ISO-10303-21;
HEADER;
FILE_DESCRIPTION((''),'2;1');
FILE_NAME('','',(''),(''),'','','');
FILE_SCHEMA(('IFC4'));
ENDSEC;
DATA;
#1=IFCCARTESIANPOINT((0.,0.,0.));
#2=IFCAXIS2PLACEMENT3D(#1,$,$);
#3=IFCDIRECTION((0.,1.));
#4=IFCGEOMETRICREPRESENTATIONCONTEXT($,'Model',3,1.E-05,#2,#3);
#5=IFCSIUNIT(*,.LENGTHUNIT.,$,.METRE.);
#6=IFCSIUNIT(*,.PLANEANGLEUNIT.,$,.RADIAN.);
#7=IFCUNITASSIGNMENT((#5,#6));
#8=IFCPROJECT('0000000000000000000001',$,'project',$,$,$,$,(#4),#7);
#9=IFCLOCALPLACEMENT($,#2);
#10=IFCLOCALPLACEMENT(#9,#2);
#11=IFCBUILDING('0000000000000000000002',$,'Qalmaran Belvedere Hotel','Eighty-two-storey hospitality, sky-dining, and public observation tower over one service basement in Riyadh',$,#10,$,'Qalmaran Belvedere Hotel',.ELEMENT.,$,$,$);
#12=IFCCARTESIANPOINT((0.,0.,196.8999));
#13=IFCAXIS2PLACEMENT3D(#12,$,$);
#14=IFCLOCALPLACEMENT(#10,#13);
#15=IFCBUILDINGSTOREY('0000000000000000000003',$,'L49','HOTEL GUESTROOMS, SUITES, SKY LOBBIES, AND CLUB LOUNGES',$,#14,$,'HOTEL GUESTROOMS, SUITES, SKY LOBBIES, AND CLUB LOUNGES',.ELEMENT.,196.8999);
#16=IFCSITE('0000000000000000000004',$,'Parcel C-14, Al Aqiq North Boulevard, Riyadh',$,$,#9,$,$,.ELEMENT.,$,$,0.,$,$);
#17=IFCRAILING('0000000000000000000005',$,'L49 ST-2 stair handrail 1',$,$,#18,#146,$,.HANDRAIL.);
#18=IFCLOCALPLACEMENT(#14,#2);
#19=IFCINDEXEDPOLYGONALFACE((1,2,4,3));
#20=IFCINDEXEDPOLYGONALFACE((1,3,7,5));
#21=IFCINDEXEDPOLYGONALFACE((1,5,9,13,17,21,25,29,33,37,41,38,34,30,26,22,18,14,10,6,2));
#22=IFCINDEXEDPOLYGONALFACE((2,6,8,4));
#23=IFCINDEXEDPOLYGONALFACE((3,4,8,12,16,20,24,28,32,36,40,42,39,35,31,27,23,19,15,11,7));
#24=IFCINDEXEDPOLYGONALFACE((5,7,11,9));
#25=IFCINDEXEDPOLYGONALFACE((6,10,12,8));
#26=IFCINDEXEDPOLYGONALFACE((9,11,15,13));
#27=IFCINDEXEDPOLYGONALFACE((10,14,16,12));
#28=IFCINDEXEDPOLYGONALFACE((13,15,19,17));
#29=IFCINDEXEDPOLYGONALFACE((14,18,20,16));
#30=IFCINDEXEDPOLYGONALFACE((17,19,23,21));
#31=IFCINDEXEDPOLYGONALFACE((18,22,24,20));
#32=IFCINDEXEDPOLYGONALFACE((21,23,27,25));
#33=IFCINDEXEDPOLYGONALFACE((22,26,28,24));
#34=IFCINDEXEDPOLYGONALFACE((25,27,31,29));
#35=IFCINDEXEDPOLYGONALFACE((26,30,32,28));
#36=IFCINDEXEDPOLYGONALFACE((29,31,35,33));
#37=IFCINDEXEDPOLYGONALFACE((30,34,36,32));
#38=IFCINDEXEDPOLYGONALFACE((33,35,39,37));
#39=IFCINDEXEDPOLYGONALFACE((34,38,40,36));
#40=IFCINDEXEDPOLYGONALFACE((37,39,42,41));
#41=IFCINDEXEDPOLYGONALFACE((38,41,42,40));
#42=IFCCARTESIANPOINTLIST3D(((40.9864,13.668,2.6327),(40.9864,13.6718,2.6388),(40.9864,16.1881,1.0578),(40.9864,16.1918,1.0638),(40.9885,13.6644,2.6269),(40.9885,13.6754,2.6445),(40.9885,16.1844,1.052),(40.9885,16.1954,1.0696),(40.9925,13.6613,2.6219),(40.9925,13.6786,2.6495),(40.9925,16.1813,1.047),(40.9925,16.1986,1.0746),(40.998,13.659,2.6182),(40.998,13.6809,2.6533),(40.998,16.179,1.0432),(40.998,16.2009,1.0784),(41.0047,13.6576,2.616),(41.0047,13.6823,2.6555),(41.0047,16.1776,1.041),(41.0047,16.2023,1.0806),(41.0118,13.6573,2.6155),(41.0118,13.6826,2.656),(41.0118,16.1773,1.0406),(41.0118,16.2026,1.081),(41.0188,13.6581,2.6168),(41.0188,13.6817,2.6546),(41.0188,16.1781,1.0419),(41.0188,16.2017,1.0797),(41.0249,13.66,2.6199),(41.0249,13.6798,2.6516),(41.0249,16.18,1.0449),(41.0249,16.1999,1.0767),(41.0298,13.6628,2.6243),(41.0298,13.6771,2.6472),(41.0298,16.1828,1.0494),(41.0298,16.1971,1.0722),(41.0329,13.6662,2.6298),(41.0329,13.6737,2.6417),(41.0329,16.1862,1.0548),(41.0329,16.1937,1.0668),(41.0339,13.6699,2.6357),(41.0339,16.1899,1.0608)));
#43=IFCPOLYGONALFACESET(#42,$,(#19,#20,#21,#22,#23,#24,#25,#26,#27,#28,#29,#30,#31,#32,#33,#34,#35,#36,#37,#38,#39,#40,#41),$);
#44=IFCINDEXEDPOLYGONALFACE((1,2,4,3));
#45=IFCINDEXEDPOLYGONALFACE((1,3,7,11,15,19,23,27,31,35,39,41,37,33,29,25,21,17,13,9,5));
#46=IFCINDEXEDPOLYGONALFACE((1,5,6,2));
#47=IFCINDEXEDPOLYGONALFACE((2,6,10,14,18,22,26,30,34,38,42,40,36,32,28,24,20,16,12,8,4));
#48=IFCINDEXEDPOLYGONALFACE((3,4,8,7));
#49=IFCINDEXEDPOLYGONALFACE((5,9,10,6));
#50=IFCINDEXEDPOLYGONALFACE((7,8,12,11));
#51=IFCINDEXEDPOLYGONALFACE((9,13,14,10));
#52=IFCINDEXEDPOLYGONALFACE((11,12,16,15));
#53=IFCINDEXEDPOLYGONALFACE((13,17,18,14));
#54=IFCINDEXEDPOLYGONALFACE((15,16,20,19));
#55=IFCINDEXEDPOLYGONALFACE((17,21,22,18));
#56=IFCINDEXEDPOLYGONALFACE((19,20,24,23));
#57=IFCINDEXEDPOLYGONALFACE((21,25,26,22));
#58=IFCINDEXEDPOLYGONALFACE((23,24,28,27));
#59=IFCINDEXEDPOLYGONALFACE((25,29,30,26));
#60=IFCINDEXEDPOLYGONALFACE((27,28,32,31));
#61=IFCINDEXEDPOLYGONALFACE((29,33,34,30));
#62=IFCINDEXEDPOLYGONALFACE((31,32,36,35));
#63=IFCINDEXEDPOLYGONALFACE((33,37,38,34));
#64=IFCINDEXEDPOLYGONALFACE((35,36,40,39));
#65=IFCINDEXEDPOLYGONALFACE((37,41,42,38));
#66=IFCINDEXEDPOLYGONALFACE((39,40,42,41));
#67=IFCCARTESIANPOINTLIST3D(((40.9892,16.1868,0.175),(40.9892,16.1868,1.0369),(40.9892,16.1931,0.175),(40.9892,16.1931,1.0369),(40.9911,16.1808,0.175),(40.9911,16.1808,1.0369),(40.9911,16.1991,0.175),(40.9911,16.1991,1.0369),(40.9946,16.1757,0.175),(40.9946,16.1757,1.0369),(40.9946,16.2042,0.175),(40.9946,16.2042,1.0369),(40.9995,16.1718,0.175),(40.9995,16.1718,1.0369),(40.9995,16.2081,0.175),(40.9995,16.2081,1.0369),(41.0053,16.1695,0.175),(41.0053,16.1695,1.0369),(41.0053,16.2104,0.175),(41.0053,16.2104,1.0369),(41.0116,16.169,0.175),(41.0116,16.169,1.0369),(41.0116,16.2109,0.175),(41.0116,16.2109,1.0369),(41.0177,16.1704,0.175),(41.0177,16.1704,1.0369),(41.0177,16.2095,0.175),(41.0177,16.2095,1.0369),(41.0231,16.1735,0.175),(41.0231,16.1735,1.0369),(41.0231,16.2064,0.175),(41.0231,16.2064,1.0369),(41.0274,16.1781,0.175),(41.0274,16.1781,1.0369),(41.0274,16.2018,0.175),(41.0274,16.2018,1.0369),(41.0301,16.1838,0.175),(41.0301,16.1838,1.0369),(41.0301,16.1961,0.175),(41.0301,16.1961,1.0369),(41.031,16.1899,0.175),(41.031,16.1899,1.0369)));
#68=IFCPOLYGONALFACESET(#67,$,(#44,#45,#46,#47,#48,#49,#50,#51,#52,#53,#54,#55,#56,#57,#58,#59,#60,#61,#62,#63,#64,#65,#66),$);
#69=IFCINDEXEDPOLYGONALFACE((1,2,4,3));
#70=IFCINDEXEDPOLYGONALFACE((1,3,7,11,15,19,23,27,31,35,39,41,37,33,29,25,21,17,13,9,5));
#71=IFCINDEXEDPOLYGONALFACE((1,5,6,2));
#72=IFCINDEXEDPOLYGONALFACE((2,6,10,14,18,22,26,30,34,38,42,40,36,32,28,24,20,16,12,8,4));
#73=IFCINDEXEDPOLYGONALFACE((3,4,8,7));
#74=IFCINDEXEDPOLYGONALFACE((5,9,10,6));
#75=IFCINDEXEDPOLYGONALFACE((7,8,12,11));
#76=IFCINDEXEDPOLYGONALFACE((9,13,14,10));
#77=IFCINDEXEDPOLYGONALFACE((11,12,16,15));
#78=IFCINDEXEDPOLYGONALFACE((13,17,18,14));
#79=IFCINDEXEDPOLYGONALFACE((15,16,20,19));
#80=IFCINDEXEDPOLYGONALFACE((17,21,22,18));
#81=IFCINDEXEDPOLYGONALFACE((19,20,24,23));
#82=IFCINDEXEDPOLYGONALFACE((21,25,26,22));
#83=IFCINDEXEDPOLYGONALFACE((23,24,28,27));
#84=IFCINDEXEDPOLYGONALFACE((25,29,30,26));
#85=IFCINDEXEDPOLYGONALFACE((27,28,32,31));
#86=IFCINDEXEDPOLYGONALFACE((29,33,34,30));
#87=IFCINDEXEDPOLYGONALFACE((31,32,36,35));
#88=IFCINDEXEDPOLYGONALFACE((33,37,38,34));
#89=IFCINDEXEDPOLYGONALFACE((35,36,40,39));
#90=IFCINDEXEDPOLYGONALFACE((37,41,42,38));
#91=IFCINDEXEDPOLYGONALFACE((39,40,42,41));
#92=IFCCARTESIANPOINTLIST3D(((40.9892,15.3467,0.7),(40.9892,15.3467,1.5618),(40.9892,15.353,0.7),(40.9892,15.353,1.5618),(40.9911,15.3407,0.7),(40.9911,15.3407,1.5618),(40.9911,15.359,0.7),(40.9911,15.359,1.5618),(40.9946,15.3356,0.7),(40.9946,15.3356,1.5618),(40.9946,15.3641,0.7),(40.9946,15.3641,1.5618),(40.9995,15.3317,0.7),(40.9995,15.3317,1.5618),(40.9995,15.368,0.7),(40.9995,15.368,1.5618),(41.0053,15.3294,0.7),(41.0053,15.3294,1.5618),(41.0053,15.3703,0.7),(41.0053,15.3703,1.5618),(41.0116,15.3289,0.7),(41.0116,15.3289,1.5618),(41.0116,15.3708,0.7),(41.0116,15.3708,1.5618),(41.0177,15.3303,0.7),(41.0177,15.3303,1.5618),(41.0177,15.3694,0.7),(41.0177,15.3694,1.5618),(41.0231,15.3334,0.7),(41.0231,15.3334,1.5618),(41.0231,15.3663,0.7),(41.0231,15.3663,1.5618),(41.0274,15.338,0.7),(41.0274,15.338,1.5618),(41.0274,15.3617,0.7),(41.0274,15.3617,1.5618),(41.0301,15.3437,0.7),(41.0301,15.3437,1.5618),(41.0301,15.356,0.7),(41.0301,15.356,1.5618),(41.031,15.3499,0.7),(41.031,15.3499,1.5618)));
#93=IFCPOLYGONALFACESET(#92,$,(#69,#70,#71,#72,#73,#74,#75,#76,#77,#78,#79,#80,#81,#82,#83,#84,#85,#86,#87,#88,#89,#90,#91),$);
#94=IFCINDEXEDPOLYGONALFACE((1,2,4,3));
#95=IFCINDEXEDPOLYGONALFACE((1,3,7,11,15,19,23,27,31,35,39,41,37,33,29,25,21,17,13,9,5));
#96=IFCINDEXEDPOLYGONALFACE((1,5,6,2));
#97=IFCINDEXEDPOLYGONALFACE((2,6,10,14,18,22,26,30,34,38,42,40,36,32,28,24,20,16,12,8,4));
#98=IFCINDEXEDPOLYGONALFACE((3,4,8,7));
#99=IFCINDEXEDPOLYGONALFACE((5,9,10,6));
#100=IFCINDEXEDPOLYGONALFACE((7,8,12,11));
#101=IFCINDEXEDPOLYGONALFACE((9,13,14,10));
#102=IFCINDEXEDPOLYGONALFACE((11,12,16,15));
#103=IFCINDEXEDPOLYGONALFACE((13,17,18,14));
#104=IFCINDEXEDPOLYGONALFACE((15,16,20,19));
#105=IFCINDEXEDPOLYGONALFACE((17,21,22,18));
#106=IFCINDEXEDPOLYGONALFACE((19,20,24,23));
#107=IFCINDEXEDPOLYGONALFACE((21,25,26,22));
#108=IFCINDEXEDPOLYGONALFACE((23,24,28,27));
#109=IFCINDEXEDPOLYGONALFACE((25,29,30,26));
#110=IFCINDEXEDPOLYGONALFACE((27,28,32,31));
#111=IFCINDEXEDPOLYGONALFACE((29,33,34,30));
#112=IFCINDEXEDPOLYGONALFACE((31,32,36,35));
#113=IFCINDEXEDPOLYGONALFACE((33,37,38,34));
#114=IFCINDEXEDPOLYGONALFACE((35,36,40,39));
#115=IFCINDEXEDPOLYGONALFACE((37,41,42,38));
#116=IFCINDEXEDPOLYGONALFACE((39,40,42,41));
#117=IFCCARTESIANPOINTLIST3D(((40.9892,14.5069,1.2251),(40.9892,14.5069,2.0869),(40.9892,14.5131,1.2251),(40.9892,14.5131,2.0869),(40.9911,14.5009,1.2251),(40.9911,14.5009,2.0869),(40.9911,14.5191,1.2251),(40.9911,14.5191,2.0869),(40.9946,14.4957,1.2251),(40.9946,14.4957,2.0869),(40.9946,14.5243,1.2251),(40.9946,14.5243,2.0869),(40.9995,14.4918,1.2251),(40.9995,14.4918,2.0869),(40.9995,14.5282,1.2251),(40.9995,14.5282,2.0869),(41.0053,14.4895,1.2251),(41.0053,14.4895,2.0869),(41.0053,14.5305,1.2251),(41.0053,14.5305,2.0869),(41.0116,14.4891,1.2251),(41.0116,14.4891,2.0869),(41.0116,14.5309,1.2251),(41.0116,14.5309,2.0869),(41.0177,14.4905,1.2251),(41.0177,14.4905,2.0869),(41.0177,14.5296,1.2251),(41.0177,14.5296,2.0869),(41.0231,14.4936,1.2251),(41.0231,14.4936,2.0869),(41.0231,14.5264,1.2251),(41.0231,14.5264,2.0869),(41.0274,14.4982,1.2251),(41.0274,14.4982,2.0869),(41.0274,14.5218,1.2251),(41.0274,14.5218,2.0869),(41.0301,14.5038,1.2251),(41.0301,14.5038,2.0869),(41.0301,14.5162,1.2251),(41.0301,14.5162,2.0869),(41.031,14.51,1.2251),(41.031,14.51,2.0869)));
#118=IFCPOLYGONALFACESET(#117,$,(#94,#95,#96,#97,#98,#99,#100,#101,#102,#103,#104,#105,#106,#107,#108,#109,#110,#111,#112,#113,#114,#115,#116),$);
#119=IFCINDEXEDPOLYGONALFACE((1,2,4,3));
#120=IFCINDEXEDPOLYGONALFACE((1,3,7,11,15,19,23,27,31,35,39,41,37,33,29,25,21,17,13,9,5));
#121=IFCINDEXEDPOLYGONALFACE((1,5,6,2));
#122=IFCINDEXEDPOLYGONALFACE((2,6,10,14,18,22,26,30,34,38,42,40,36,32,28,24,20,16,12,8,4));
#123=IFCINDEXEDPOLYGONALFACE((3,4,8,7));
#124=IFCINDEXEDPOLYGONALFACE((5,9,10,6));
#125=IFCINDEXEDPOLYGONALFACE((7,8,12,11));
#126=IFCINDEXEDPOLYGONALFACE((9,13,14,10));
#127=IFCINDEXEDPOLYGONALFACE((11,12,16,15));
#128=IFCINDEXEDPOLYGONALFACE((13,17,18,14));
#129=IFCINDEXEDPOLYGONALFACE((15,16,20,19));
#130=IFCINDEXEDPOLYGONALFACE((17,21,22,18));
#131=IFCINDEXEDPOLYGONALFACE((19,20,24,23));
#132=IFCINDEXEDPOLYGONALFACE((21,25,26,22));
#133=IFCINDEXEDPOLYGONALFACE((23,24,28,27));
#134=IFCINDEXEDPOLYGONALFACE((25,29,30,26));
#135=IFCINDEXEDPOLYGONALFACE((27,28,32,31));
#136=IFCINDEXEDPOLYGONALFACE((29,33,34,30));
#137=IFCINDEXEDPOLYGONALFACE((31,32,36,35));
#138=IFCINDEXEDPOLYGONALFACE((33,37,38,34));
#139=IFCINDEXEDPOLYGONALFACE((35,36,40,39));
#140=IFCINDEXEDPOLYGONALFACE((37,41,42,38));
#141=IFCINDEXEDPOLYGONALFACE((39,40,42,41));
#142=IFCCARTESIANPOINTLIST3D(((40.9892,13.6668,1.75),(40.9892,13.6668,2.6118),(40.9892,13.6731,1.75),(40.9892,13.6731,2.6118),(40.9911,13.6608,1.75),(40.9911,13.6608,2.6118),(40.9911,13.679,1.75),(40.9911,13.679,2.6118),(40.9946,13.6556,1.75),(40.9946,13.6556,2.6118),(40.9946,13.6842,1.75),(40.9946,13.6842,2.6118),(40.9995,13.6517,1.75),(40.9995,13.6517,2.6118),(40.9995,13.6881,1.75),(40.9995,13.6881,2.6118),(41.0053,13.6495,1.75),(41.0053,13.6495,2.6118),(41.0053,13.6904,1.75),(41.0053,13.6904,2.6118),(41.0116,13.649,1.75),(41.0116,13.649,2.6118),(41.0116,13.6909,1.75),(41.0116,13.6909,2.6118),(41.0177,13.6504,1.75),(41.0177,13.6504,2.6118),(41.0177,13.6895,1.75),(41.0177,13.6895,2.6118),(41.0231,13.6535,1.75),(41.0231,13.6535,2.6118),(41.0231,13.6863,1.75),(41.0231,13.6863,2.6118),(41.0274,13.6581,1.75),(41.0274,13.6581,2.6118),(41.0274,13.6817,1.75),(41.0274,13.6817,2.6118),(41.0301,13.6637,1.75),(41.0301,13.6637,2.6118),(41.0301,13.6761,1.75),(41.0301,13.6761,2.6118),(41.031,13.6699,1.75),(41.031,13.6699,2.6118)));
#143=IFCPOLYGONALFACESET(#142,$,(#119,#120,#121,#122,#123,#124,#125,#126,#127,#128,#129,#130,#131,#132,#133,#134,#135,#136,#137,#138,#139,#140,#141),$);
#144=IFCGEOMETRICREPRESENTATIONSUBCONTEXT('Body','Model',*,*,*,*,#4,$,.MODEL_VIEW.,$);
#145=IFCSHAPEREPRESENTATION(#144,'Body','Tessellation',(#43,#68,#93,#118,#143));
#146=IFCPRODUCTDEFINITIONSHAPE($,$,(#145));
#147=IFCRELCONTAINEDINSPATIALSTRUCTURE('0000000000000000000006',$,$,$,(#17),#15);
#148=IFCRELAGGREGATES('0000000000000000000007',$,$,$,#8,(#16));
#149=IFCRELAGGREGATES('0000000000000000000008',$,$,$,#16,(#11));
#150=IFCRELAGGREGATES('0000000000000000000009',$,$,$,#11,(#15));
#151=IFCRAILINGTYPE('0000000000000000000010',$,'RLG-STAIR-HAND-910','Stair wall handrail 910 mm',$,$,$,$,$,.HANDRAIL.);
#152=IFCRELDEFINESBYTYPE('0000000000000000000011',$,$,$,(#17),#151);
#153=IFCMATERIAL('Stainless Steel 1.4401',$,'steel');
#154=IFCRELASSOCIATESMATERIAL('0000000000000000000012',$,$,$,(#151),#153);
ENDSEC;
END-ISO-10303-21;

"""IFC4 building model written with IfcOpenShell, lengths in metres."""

from ifc_helpers import new_model, si_unit, direction, frame, origin, origin_2d, place, context, subcontext, project, spatial, circle, extrude, material, type_object, element, save


model = new_model("IFC4")

# Units and contexts
model_context = context("Model", 3, precision=1e-05, world=origin(), true_north=direction((0.0, 1.0)))
body_context = subcontext(model_context, "Body", "Model", "MODEL_VIEW")
ifc_project = project(units=[si_unit("LENGTHUNIT", "METRE"), si_unit("PLANEANGLEUNIT", "RADIAN")], contexts=[model_context])

# Site, building, storey
site_placement = place(None, origin())
site = spatial("IfcSite", under=ifc_project, at=site_placement, Name="Parcel C-14, Al Aqiq North Boulevard, Riyadh", CompositionType="ELEMENT", RefElevation=0.0)
building_placement = place(site_placement, origin())
building = spatial("IfcBuilding", under=site, at=building_placement, Name="Qalmaran Belvedere Hotel", Description="Eighty-two-storey hospitality, sky-dining, and public observation tower over one service basement in Riyadh", LongName="Qalmaran Belvedere Hotel", CompositionType="ELEMENT")
storey_placement = place(building_placement, frame((0.0, 0.0, 196.8999)))
storey = spatial("IfcBuildingStorey", under=building, at=storey_placement, Name="L49", Description="HOTEL GUESTROOMS, SUITES, SKY LOBBIES, AND CLUB LOUNGES", LongName="HOTEL GUESTROOMS, SUITES, SKY LOBBIES, AND CLUB LOUNGES", CompositionType="ELEMENT", Elevation=196.8999)

# Shared definitions
ifc_material_1 = material(Name="Stainless Steel 1.4401", Category="steel")

# Railing
railing_type = type_object("IfcRailingType", Name="RLG-STAIR-HAND-910", Description="Stair wall handrail 910 mm", PredefinedType="HANDRAIL", material=ifc_material_1)
railing_placement = place(storey_placement, frame((41.01, 16.1899, 0.175)))
element("IfcRailing", 1, at=railing_placement, inside=storey, type_object=railing_type, Name="L49 ST-2 stair handrail 1", PredefinedType="HANDRAIL", context=body_context, shape_type="SweptSolid", body=[
    extrude(circle(Radius=0.0239, at=origin_2d()), frame((0.0, 0.0, 0.8857), z_axis=(0.0, -0.848008, 0.529984), x_axis=(1.0, 0.0, 0.0)), (0.0, 0.0, 1.0), 2.9717),
    extrude(circle(Radius=0.021, at=origin_2d()), origin(), (0.0, 0.0, 1.0), 0.8618),
    extrude(circle(Radius=0.021, at=origin_2d()), frame((0.0, -0.8401, 0.5249)), (0.0, 0.0, 1.0), 0.8618),
    extrude(circle(Radius=0.021, at=origin_2d()), frame((0.0, -1.6799, 1.05)), (0.0, 0.0, 1.0), 0.8618),
    extrude(circle(Radius=0.021, at=origin_2d()), frame((0.0, -2.52, 1.575)), (0.0, 0.0, 1.0), 0.8618),
])

save(model, "model.ifc")
